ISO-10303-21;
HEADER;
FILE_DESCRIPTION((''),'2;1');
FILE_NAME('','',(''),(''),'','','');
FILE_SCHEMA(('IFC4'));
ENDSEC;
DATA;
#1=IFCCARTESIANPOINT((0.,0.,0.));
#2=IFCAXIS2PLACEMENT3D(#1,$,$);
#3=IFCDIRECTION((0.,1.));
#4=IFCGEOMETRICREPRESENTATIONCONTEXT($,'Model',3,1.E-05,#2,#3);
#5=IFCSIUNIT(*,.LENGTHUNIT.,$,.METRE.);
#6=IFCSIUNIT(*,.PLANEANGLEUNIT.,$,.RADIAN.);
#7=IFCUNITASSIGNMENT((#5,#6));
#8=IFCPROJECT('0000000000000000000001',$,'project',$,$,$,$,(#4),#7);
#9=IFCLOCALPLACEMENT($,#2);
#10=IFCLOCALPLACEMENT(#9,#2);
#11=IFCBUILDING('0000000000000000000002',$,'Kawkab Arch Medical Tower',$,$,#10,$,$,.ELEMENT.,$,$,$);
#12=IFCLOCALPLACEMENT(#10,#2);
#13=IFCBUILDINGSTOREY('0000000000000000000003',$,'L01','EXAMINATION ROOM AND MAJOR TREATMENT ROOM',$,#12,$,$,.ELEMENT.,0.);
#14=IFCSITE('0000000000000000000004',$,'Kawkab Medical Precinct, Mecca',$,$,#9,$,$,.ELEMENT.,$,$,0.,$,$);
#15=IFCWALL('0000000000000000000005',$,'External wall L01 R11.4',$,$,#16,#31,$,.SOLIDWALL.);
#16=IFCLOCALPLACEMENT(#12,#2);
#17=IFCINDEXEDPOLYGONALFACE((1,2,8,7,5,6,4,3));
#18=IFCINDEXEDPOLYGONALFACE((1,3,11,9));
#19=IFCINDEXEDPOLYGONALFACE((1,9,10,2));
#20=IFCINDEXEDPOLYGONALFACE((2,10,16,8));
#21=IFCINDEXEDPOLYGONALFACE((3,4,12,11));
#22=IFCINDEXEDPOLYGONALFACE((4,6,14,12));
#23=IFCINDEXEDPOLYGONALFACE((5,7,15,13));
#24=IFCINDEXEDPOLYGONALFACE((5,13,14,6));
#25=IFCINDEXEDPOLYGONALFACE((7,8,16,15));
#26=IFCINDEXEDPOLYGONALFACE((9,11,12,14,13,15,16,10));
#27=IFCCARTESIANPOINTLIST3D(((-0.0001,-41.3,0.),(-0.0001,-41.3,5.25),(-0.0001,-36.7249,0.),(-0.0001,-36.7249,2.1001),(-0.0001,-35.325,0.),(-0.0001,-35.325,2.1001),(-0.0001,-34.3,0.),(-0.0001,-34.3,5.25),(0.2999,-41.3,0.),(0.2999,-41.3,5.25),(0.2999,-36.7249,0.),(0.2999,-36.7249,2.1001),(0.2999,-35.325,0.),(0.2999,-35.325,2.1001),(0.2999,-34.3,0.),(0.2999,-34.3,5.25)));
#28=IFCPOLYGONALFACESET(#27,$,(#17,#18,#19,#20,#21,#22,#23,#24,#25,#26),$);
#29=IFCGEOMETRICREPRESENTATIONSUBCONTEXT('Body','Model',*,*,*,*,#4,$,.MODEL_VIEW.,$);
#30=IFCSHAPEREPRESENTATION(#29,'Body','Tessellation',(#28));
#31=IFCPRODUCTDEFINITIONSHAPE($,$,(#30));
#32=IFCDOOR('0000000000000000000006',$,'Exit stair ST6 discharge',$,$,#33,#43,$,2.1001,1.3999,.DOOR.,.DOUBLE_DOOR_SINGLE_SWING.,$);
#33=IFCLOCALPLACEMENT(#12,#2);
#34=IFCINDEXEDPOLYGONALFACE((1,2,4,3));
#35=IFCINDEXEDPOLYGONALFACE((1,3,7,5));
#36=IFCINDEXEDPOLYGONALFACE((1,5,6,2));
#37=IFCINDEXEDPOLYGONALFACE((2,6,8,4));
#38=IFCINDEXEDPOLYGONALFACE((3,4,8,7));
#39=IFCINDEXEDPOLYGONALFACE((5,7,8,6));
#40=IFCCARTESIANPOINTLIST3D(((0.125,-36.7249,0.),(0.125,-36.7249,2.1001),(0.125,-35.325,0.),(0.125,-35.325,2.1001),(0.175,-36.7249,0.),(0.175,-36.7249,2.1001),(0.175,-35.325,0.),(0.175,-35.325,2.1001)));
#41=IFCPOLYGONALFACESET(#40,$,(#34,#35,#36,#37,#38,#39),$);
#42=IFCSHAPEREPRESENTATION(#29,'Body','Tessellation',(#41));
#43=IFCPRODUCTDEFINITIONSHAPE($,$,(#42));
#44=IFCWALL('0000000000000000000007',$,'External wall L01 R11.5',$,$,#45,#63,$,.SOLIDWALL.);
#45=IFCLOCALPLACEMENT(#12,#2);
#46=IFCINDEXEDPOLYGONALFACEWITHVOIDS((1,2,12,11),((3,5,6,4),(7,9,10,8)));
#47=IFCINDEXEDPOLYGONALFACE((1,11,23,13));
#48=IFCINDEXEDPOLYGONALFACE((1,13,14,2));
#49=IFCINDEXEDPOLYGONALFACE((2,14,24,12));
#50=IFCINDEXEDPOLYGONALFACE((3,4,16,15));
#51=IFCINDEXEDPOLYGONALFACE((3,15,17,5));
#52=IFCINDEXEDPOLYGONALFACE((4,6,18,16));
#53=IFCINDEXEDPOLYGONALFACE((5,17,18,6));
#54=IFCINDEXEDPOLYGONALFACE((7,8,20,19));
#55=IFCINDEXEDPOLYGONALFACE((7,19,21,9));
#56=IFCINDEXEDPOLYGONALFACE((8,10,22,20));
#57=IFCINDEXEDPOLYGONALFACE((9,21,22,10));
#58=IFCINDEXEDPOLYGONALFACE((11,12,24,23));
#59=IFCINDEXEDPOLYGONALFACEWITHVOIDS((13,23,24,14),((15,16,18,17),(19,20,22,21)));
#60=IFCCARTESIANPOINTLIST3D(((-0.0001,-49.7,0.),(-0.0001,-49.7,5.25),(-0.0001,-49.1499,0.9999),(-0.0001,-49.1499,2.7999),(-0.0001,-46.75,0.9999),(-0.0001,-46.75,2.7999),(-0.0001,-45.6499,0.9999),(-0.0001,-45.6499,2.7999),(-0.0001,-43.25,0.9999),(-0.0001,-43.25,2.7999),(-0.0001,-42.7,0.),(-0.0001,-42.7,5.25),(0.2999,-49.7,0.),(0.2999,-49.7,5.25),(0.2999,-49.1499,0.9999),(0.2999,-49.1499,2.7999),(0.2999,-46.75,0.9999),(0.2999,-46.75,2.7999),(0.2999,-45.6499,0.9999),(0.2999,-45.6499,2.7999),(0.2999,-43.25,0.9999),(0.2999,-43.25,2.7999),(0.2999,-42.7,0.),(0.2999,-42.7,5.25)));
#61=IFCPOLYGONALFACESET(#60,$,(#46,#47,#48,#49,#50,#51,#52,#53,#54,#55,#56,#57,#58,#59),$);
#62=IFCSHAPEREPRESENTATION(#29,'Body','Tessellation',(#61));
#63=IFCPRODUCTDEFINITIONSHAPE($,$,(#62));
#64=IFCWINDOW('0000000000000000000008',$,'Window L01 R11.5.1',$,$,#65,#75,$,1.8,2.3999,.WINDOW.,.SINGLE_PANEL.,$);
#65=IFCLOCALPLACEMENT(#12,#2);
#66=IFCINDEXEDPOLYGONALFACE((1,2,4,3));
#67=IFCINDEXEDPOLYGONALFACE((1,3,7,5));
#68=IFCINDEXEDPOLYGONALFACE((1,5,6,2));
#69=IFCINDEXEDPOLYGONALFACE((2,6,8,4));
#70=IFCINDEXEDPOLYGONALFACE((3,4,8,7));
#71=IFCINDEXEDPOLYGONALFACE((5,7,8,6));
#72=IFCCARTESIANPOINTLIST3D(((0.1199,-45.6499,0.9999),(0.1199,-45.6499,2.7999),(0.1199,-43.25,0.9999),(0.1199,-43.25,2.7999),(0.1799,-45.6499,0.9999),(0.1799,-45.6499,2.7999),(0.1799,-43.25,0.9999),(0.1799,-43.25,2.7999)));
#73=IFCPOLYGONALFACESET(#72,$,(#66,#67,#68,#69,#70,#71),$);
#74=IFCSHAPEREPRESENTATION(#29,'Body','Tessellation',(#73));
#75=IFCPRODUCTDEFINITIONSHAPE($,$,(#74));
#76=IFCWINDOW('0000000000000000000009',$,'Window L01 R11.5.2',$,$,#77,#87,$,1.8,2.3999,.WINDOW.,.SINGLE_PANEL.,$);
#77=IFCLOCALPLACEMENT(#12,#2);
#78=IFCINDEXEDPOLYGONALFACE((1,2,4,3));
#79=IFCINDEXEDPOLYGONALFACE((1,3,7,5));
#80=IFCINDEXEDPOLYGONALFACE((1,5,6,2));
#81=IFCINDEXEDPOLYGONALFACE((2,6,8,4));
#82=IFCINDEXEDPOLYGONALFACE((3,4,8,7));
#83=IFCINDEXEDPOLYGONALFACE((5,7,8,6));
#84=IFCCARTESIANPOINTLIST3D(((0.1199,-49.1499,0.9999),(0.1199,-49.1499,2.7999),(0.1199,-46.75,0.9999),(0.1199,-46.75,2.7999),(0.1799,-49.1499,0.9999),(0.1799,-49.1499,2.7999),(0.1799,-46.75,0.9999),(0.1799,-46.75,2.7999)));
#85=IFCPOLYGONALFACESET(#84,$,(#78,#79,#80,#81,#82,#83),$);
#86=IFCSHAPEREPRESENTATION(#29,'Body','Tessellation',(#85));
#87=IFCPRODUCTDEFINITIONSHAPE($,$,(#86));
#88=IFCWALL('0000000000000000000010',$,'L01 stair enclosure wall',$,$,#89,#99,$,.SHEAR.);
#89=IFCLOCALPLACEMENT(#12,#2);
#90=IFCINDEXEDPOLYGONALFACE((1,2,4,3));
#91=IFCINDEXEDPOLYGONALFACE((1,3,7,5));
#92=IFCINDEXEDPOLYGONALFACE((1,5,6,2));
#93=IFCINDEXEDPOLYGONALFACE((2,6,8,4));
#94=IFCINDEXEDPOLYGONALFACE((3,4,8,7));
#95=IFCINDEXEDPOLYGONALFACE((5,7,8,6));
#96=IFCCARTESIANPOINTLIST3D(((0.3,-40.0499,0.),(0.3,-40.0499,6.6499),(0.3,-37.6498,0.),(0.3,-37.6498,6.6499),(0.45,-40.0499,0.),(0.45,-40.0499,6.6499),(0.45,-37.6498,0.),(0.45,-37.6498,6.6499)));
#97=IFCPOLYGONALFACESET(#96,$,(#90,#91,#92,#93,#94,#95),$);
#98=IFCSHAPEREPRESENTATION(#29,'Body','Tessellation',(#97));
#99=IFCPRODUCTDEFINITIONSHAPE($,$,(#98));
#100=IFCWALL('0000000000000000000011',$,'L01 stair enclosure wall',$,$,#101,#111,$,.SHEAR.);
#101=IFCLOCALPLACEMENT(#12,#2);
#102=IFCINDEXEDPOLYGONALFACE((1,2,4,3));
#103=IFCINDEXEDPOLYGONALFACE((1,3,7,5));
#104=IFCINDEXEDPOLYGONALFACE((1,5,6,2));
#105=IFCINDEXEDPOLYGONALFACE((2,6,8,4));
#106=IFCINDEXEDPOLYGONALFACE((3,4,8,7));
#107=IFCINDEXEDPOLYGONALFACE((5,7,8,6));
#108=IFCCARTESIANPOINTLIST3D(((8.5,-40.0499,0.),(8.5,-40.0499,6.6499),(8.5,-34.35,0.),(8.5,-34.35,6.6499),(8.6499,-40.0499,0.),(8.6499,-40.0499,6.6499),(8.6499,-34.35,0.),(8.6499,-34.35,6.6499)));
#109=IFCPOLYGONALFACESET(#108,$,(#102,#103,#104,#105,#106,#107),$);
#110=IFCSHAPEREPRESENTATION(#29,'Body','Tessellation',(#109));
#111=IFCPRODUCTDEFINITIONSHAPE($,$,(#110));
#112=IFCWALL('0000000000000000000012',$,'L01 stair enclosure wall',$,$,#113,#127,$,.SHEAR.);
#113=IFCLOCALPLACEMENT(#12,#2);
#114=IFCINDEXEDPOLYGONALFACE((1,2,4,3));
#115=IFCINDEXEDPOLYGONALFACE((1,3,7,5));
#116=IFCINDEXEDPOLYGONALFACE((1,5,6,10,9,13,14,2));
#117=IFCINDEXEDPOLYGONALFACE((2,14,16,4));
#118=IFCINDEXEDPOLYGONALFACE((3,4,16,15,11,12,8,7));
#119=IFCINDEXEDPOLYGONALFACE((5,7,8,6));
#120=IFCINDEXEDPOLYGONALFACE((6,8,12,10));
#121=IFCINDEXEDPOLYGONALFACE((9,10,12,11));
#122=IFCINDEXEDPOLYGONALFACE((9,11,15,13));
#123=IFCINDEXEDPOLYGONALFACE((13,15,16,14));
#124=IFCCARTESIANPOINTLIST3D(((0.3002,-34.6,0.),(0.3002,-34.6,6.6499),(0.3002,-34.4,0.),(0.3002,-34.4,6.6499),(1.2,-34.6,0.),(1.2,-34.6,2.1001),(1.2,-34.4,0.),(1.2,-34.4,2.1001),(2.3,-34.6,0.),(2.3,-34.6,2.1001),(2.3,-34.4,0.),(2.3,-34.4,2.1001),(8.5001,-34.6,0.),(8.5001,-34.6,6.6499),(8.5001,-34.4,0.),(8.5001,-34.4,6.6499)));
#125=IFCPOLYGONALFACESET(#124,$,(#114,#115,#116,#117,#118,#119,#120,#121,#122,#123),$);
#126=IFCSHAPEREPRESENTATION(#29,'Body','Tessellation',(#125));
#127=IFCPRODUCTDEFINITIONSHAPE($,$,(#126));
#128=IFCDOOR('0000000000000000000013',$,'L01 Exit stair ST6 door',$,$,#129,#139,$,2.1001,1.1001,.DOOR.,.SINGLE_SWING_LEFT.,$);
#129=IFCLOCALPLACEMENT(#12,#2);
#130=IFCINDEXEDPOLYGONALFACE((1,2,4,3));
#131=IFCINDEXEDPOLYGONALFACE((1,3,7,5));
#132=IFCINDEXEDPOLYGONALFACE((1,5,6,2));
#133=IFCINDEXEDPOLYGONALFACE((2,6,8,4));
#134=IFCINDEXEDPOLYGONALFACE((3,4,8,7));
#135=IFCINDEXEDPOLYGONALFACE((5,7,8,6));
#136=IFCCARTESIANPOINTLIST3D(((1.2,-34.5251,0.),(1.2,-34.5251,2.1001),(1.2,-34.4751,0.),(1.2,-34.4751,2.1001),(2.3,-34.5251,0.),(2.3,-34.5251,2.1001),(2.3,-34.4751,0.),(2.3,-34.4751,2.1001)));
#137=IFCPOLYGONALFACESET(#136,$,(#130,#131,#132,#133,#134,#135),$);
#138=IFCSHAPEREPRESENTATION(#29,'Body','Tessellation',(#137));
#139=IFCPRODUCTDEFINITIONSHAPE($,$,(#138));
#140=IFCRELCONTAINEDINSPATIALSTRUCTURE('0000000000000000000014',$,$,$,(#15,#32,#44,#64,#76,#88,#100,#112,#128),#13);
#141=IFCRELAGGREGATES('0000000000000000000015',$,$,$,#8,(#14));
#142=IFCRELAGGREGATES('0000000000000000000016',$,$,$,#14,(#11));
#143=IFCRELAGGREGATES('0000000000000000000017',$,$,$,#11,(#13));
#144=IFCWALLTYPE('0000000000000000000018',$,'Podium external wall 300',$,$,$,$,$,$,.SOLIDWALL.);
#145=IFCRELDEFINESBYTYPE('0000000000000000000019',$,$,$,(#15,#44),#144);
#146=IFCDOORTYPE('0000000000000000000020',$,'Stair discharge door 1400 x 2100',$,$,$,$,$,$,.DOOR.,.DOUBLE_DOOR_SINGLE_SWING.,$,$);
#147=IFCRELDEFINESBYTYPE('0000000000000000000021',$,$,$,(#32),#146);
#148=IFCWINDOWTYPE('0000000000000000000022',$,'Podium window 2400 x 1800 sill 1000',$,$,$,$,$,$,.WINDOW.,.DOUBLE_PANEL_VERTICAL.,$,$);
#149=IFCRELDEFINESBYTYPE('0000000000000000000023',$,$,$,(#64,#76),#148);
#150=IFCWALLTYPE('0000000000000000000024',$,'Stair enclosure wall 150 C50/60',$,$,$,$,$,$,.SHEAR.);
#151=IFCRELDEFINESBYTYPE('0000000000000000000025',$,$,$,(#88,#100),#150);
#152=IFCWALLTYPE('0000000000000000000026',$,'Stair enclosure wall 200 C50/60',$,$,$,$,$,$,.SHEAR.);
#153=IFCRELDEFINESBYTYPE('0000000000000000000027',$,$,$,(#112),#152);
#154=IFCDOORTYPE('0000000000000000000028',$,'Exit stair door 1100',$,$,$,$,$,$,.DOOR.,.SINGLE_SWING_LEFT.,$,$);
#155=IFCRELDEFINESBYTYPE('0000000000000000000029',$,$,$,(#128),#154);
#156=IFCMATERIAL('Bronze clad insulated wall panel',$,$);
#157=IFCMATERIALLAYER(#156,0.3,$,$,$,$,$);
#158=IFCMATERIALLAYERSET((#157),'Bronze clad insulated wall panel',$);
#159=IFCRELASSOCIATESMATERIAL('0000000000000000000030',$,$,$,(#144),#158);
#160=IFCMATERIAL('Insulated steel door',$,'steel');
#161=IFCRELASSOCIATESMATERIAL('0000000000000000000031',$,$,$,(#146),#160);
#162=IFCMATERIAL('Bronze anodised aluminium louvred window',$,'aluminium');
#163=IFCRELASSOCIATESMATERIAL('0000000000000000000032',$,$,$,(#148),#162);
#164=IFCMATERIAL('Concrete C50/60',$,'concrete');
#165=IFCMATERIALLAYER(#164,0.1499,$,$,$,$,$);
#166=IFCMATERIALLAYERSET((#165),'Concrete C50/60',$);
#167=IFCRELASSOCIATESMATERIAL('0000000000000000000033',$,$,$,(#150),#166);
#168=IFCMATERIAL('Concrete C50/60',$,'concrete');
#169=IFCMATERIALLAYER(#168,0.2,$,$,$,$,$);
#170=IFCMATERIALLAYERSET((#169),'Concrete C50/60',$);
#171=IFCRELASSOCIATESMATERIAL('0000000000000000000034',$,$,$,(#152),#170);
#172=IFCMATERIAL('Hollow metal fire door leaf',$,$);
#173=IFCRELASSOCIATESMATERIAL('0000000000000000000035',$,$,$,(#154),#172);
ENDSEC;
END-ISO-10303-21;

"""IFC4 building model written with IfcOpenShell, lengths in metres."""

from ifc_helpers import new_model, si_unit, direction, frame, frame_2d, origin, place, context, subcontext, project, spatial, rectangle, extrude, material, layer, layer_set, type_object, element, fill, save


model = new_model("IFC4")

# Units and contexts
model_context = context("Model", 3, precision=1e-05, world=origin(), true_north=direction((0.0, 1.0)))
body_context = subcontext(model_context, "Body", "Model", "MODEL_VIEW")
ifc_project = project(units=[si_unit("LENGTHUNIT", "METRE"), si_unit("PLANEANGLEUNIT", "RADIAN")], contexts=[model_context])

# Site, building, storey
site_placement = place(None, origin())
site = spatial("IfcSite", under=ifc_project, at=site_placement, Name="Kawkab Medical Precinct, Mecca", CompositionType="ELEMENT", RefElevation=0.0)
building_placement = place(site_placement, origin())
building = spatial("IfcBuilding", under=site, at=building_placement, Name="Kawkab Arch Medical Tower", CompositionType="ELEMENT")
storey_placement = place(building_placement, origin())
storey = spatial("IfcBuildingStorey", under=building, at=storey_placement, Name="L01", Description="EXAMINATION ROOM AND MAJOR TREATMENT ROOM", CompositionType="ELEMENT", Elevation=0.0)

# Wall, opening, door
ifc_material_1 = material(Name="Bronze clad insulated wall panel")
ifc_layer_1 = layer(ifc_material_1, 0.3)
ifc_layer_set_1 = layer_set([ifc_layer_1], Name="Bronze clad insulated wall panel")
wall_type_1 = type_object("IfcWallType", Name="Podium external wall 300", PredefinedType="SOLIDWALL", material=ifc_layer_set_1)
wall_1_placement = place(storey_placement, frame((0.1499, -34.3, 0.0), z_axis=(0.0, 0.0, 1.0), x_axis=(0.0, -1.0, 0.0)))
wall_1 = element("IfcWall", 1, at=wall_1_placement, inside=storey, type_object=wall_type_1, Name="External wall L01 R11.4", PredefinedType="SOLIDWALL", context=body_context, shape_type="SweptSolid", body=[
    extrude(rectangle(XDim=7.0, YDim=0.3, at=frame_2d((3.5, 0.0))), origin(), (0.0, 0.0, 1.0), 5.25),
])
opening_1_placement = place(wall_1_placement, frame((1.0249, 0.0, 0.0)))
opening_1 = element("IfcOpeningElement", 2, at=opening_1_placement, cuts=wall_1, PredefinedType="OPENING", context=body_context, shape_type="SweptSolid", body=[
    extrude(rectangle(XDim=1.3999, YDim=2.1001, at=frame_2d((0.7, 1.05))), frame((0.0, 0.1599, 0.0), z_axis=(0.0, -1.0, 0.0), x_axis=(1.0, 0.0, 0.0)), (0.0, 0.0, 1.0), 0.3201),
])
ifc_material_2 = material(Name="Insulated steel door", Category="steel")
door_type_1 = type_object("IfcDoorType", Name="Stair discharge door 1400 x 2100", OperationType="DOUBLE_DOOR_SINGLE_SWING", PredefinedType="DOOR", material=ifc_material_2)
door_1_placement = place(opening_1_placement, frame((1.3999, 0.0, 0.0), z_axis=(0.0, 0.0, 1.0), x_axis=(-1.0, 0.0, 0.0)))
door_1 = element("IfcDoor", 3, at=door_1_placement, inside=storey, type_object=door_type_1, Name="Exit stair ST6 discharge", OperationType="DOUBLE_DOOR_SINGLE_SWING", OverallHeight=2.1001, OverallWidth=1.3999, PredefinedType="DOOR", context=body_context, shape_type="SweptSolid", body=[
    extrude(rectangle(XDim=1.3999, YDim=2.1001, at=frame_2d((0.7, 1.05))), frame((0.0, 0.0249, 0.0), z_axis=(0.0, -1.0, 0.0), x_axis=(1.0, 0.0, 0.0)), (0.0, 0.0, 1.0), 0.05),
])
fill(opening_1, door_1)

# Wall, openings, windows
wall_2_placement = place(storey_placement, frame((0.1499, -42.7, 0.0), z_axis=(0.0, 0.0, 1.0), x_axis=(0.0, -1.0, 0.0)))
wall_2 = element("IfcWall", 4, at=wall_2_placement, inside=storey, type_object=wall_type_1, Name="External wall L01 R11.5", PredefinedType="SOLIDWALL", context=body_context, shape_type="SweptSolid", body=[
    extrude(rectangle(XDim=7.0, YDim=0.3, at=frame_2d((3.5, 0.0))), origin(), (0.0, 0.0, 1.0), 5.25),
])
opening_2_placement = place(wall_2_placement, frame((0.55, 0.0, 1.0)))
opening_2 = element("IfcOpeningElement", 5, at=opening_2_placement, cuts=wall_2, PredefinedType="OPENING", context=body_context, shape_type="SweptSolid", body=[
    extrude(rectangle(XDim=2.3999, YDim=1.8, at=frame_2d((1.2, 0.8999))), frame((0.0, 0.1599, 0.0), z_axis=(0.0, -1.0, 0.0), x_axis=(1.0, 0.0, 0.0)), (0.0, 0.0, 1.0), 0.3201),
])
opening_3_placement = place(wall_2_placement, frame((4.05, 0.0, 1.0)))
opening_3 = element("IfcOpeningElement", 6, at=opening_3_placement, cuts=wall_2, PredefinedType="OPENING", context=body_context, shape_type="SweptSolid", body=[
    extrude(rectangle(XDim=2.3999, YDim=1.8, at=frame_2d((1.2, 0.8999))), frame((0.0, 0.1599, 0.0), z_axis=(0.0, -1.0, 0.0), x_axis=(1.0, 0.0, 0.0)), (0.0, 0.0, 1.0), 0.3201),
])
ifc_material_3 = material(Name="Bronze anodised aluminium louvred window", Category="aluminium")
window_type = type_object("IfcWindowType", Name="Podium window 2400 x 1800 sill 1000", PartitioningType="DOUBLE_PANEL_VERTICAL", PredefinedType="WINDOW", material=ifc_material_3)
window_1_placement = place(opening_2_placement, origin())
window_1 = element("IfcWindow", 7, at=window_1_placement, inside=storey, type_object=window_type, Name="Window L01 R11.5.1", OverallHeight=1.8, OverallWidth=2.3999, PartitioningType="SINGLE_PANEL", PredefinedType="WINDOW", context=body_context, shape_type="SweptSolid", body=[
    extrude(rectangle(XDim=2.3999, YDim=1.8, at=frame_2d((1.2, 0.8999))), frame((0.0, 0.03, 0.0), z_axis=(0.0, -1.0, 0.0), x_axis=(1.0, 0.0, 0.0)), (0.0, 0.0, 1.0), 0.0601),
])
fill(opening_2, window_1)
window_2_placement = place(opening_3_placement, origin())
window_2 = element("IfcWindow", 8, at=window_2_placement, inside=storey, type_object=window_type, Name="Window L01 R11.5.2", OverallHeight=1.8, OverallWidth=2.3999, PartitioningType="SINGLE_PANEL", PredefinedType="WINDOW", context=body_context, shape_type="SweptSolid", body=[
    extrude(rectangle(XDim=2.3999, YDim=1.8, at=frame_2d((1.2, 0.8999))), frame((0.0, 0.03, 0.0), z_axis=(0.0, -1.0, 0.0), x_axis=(1.0, 0.0, 0.0)), (0.0, 0.0, 1.0), 0.0601),
])
fill(opening_3, window_2)

# Walls
ifc_material_4 = material(Name="Concrete C50/60", Category="concrete")
ifc_layer_2 = layer(ifc_material_4, 0.1499)
ifc_layer_set_2 = layer_set([ifc_layer_2], Name="Concrete C50/60")
wall_type_2 = type_object("IfcWallType", Name="Stair enclosure wall 150 C50/60", PredefinedType="SHEAR", material=ifc_layer_set_2)
wall_3_placement = place(storey_placement, frame((0.375, -40.05, 0.0), z_axis=(0.0, 0.0, 1.0), x_axis=(0.0, 1.0, 0.0)))
element("IfcWall", 9, at=wall_3_placement, inside=storey, type_object=wall_type_2, Name="L01 stair enclosure wall", PredefinedType="SHEAR", context=body_context, shape_type="SweptSolid", body=[
    extrude(rectangle(XDim=2.4001, YDim=0.1499, at=frame_2d((1.2002, 0.0))), origin(), (0.0, 0.0, 1.0), 6.6499),
])
wall_4_placement = place(storey_placement, frame((8.575, -40.05, 0.0), z_axis=(0.0, 0.0, 1.0), x_axis=(0.0, 1.0, 0.0)))
element("IfcWall", 10, at=wall_4_placement, inside=storey, type_object=wall_type_2, Name="L01 stair enclosure wall", PredefinedType="SHEAR", context=body_context, shape_type="SweptSolid", body=[
    extrude(rectangle(XDim=5.7, YDim=0.1499, at=frame_2d((2.8501, 0.0))), origin(), (0.0, 0.0, 1.0), 6.6499),
])

# Wall, opening, door
ifc_material_5 = material(Name="Concrete C50/60", Category="concrete")
ifc_layer_3 = layer(ifc_material_5, 0.2)
ifc_layer_set_3 = layer_set([ifc_layer_3], Name="Concrete C50/60")
wall_type_3 = type_object("IfcWallType", Name="Stair enclosure wall 200 C50/60", PredefinedType="SHEAR", material=ifc_layer_set_3)
wall_5_placement = place(storey_placement, frame((0.3, -34.5, 0.0), z_axis=(0.0, 0.0, 1.0), x_axis=(1.0, 0.0, 0.0)))
wall_5 = element("IfcWall", 11, at=wall_5_placement, inside=storey, type_object=wall_type_3, Name="L01 stair enclosure wall", PredefinedType="SHEAR", context=body_context, shape_type="SweptSolid", body=[
    extrude(rectangle(XDim=8.2, YDim=0.2, at=frame_2d((4.1001, 0.0))), origin(), (0.0, 0.0, 1.0), 6.6499),
])
opening_4_placement = place(wall_5_placement, frame((0.8999, 0.0, 0.0)))
opening_4 = element("IfcOpeningElement", 12, at=opening_4_placement, cuts=wall_5, PredefinedType="OPENING", context=body_context, shape_type="SweptSolid", body=[
    extrude(rectangle(XDim=1.1001, YDim=2.1001, at=frame_2d((0.55, 1.05))), frame((0.0, 0.1099, 0.0), z_axis=(0.0, -1.0, 0.0), x_axis=(1.0, 0.0, 0.0)), (0.0, 0.0, 1.0), 0.22),
])
ifc_material_6 = material(Name="Hollow metal fire door leaf")
door_type_2 = type_object("IfcDoorType", Name="Exit stair door 1100", OperationType="SINGLE_SWING_LEFT", PredefinedType="DOOR", material=ifc_material_6)
door_2_placement = place(opening_4_placement, origin())
door_2 = element("IfcDoor", 13, at=door_2_placement, inside=storey, type_object=door_type_2, Name="L01 Exit stair ST6 door", OperationType="SINGLE_SWING_LEFT", OverallHeight=2.1001, OverallWidth=1.1001, PredefinedType="DOOR", context=body_context, shape_type="SweptSolid", body=[
    extrude(rectangle(XDim=1.1001, YDim=2.1001, at=frame_2d((0.55, 1.05))), frame((0.0, 0.0249, 0.0), z_axis=(0.0, -1.0, 0.0), x_axis=(1.0, 0.0, 0.0)), (0.0, 0.0, 1.0), 0.05),
])
fill(opening_4, door_2)

save(model, "model.ifc")
